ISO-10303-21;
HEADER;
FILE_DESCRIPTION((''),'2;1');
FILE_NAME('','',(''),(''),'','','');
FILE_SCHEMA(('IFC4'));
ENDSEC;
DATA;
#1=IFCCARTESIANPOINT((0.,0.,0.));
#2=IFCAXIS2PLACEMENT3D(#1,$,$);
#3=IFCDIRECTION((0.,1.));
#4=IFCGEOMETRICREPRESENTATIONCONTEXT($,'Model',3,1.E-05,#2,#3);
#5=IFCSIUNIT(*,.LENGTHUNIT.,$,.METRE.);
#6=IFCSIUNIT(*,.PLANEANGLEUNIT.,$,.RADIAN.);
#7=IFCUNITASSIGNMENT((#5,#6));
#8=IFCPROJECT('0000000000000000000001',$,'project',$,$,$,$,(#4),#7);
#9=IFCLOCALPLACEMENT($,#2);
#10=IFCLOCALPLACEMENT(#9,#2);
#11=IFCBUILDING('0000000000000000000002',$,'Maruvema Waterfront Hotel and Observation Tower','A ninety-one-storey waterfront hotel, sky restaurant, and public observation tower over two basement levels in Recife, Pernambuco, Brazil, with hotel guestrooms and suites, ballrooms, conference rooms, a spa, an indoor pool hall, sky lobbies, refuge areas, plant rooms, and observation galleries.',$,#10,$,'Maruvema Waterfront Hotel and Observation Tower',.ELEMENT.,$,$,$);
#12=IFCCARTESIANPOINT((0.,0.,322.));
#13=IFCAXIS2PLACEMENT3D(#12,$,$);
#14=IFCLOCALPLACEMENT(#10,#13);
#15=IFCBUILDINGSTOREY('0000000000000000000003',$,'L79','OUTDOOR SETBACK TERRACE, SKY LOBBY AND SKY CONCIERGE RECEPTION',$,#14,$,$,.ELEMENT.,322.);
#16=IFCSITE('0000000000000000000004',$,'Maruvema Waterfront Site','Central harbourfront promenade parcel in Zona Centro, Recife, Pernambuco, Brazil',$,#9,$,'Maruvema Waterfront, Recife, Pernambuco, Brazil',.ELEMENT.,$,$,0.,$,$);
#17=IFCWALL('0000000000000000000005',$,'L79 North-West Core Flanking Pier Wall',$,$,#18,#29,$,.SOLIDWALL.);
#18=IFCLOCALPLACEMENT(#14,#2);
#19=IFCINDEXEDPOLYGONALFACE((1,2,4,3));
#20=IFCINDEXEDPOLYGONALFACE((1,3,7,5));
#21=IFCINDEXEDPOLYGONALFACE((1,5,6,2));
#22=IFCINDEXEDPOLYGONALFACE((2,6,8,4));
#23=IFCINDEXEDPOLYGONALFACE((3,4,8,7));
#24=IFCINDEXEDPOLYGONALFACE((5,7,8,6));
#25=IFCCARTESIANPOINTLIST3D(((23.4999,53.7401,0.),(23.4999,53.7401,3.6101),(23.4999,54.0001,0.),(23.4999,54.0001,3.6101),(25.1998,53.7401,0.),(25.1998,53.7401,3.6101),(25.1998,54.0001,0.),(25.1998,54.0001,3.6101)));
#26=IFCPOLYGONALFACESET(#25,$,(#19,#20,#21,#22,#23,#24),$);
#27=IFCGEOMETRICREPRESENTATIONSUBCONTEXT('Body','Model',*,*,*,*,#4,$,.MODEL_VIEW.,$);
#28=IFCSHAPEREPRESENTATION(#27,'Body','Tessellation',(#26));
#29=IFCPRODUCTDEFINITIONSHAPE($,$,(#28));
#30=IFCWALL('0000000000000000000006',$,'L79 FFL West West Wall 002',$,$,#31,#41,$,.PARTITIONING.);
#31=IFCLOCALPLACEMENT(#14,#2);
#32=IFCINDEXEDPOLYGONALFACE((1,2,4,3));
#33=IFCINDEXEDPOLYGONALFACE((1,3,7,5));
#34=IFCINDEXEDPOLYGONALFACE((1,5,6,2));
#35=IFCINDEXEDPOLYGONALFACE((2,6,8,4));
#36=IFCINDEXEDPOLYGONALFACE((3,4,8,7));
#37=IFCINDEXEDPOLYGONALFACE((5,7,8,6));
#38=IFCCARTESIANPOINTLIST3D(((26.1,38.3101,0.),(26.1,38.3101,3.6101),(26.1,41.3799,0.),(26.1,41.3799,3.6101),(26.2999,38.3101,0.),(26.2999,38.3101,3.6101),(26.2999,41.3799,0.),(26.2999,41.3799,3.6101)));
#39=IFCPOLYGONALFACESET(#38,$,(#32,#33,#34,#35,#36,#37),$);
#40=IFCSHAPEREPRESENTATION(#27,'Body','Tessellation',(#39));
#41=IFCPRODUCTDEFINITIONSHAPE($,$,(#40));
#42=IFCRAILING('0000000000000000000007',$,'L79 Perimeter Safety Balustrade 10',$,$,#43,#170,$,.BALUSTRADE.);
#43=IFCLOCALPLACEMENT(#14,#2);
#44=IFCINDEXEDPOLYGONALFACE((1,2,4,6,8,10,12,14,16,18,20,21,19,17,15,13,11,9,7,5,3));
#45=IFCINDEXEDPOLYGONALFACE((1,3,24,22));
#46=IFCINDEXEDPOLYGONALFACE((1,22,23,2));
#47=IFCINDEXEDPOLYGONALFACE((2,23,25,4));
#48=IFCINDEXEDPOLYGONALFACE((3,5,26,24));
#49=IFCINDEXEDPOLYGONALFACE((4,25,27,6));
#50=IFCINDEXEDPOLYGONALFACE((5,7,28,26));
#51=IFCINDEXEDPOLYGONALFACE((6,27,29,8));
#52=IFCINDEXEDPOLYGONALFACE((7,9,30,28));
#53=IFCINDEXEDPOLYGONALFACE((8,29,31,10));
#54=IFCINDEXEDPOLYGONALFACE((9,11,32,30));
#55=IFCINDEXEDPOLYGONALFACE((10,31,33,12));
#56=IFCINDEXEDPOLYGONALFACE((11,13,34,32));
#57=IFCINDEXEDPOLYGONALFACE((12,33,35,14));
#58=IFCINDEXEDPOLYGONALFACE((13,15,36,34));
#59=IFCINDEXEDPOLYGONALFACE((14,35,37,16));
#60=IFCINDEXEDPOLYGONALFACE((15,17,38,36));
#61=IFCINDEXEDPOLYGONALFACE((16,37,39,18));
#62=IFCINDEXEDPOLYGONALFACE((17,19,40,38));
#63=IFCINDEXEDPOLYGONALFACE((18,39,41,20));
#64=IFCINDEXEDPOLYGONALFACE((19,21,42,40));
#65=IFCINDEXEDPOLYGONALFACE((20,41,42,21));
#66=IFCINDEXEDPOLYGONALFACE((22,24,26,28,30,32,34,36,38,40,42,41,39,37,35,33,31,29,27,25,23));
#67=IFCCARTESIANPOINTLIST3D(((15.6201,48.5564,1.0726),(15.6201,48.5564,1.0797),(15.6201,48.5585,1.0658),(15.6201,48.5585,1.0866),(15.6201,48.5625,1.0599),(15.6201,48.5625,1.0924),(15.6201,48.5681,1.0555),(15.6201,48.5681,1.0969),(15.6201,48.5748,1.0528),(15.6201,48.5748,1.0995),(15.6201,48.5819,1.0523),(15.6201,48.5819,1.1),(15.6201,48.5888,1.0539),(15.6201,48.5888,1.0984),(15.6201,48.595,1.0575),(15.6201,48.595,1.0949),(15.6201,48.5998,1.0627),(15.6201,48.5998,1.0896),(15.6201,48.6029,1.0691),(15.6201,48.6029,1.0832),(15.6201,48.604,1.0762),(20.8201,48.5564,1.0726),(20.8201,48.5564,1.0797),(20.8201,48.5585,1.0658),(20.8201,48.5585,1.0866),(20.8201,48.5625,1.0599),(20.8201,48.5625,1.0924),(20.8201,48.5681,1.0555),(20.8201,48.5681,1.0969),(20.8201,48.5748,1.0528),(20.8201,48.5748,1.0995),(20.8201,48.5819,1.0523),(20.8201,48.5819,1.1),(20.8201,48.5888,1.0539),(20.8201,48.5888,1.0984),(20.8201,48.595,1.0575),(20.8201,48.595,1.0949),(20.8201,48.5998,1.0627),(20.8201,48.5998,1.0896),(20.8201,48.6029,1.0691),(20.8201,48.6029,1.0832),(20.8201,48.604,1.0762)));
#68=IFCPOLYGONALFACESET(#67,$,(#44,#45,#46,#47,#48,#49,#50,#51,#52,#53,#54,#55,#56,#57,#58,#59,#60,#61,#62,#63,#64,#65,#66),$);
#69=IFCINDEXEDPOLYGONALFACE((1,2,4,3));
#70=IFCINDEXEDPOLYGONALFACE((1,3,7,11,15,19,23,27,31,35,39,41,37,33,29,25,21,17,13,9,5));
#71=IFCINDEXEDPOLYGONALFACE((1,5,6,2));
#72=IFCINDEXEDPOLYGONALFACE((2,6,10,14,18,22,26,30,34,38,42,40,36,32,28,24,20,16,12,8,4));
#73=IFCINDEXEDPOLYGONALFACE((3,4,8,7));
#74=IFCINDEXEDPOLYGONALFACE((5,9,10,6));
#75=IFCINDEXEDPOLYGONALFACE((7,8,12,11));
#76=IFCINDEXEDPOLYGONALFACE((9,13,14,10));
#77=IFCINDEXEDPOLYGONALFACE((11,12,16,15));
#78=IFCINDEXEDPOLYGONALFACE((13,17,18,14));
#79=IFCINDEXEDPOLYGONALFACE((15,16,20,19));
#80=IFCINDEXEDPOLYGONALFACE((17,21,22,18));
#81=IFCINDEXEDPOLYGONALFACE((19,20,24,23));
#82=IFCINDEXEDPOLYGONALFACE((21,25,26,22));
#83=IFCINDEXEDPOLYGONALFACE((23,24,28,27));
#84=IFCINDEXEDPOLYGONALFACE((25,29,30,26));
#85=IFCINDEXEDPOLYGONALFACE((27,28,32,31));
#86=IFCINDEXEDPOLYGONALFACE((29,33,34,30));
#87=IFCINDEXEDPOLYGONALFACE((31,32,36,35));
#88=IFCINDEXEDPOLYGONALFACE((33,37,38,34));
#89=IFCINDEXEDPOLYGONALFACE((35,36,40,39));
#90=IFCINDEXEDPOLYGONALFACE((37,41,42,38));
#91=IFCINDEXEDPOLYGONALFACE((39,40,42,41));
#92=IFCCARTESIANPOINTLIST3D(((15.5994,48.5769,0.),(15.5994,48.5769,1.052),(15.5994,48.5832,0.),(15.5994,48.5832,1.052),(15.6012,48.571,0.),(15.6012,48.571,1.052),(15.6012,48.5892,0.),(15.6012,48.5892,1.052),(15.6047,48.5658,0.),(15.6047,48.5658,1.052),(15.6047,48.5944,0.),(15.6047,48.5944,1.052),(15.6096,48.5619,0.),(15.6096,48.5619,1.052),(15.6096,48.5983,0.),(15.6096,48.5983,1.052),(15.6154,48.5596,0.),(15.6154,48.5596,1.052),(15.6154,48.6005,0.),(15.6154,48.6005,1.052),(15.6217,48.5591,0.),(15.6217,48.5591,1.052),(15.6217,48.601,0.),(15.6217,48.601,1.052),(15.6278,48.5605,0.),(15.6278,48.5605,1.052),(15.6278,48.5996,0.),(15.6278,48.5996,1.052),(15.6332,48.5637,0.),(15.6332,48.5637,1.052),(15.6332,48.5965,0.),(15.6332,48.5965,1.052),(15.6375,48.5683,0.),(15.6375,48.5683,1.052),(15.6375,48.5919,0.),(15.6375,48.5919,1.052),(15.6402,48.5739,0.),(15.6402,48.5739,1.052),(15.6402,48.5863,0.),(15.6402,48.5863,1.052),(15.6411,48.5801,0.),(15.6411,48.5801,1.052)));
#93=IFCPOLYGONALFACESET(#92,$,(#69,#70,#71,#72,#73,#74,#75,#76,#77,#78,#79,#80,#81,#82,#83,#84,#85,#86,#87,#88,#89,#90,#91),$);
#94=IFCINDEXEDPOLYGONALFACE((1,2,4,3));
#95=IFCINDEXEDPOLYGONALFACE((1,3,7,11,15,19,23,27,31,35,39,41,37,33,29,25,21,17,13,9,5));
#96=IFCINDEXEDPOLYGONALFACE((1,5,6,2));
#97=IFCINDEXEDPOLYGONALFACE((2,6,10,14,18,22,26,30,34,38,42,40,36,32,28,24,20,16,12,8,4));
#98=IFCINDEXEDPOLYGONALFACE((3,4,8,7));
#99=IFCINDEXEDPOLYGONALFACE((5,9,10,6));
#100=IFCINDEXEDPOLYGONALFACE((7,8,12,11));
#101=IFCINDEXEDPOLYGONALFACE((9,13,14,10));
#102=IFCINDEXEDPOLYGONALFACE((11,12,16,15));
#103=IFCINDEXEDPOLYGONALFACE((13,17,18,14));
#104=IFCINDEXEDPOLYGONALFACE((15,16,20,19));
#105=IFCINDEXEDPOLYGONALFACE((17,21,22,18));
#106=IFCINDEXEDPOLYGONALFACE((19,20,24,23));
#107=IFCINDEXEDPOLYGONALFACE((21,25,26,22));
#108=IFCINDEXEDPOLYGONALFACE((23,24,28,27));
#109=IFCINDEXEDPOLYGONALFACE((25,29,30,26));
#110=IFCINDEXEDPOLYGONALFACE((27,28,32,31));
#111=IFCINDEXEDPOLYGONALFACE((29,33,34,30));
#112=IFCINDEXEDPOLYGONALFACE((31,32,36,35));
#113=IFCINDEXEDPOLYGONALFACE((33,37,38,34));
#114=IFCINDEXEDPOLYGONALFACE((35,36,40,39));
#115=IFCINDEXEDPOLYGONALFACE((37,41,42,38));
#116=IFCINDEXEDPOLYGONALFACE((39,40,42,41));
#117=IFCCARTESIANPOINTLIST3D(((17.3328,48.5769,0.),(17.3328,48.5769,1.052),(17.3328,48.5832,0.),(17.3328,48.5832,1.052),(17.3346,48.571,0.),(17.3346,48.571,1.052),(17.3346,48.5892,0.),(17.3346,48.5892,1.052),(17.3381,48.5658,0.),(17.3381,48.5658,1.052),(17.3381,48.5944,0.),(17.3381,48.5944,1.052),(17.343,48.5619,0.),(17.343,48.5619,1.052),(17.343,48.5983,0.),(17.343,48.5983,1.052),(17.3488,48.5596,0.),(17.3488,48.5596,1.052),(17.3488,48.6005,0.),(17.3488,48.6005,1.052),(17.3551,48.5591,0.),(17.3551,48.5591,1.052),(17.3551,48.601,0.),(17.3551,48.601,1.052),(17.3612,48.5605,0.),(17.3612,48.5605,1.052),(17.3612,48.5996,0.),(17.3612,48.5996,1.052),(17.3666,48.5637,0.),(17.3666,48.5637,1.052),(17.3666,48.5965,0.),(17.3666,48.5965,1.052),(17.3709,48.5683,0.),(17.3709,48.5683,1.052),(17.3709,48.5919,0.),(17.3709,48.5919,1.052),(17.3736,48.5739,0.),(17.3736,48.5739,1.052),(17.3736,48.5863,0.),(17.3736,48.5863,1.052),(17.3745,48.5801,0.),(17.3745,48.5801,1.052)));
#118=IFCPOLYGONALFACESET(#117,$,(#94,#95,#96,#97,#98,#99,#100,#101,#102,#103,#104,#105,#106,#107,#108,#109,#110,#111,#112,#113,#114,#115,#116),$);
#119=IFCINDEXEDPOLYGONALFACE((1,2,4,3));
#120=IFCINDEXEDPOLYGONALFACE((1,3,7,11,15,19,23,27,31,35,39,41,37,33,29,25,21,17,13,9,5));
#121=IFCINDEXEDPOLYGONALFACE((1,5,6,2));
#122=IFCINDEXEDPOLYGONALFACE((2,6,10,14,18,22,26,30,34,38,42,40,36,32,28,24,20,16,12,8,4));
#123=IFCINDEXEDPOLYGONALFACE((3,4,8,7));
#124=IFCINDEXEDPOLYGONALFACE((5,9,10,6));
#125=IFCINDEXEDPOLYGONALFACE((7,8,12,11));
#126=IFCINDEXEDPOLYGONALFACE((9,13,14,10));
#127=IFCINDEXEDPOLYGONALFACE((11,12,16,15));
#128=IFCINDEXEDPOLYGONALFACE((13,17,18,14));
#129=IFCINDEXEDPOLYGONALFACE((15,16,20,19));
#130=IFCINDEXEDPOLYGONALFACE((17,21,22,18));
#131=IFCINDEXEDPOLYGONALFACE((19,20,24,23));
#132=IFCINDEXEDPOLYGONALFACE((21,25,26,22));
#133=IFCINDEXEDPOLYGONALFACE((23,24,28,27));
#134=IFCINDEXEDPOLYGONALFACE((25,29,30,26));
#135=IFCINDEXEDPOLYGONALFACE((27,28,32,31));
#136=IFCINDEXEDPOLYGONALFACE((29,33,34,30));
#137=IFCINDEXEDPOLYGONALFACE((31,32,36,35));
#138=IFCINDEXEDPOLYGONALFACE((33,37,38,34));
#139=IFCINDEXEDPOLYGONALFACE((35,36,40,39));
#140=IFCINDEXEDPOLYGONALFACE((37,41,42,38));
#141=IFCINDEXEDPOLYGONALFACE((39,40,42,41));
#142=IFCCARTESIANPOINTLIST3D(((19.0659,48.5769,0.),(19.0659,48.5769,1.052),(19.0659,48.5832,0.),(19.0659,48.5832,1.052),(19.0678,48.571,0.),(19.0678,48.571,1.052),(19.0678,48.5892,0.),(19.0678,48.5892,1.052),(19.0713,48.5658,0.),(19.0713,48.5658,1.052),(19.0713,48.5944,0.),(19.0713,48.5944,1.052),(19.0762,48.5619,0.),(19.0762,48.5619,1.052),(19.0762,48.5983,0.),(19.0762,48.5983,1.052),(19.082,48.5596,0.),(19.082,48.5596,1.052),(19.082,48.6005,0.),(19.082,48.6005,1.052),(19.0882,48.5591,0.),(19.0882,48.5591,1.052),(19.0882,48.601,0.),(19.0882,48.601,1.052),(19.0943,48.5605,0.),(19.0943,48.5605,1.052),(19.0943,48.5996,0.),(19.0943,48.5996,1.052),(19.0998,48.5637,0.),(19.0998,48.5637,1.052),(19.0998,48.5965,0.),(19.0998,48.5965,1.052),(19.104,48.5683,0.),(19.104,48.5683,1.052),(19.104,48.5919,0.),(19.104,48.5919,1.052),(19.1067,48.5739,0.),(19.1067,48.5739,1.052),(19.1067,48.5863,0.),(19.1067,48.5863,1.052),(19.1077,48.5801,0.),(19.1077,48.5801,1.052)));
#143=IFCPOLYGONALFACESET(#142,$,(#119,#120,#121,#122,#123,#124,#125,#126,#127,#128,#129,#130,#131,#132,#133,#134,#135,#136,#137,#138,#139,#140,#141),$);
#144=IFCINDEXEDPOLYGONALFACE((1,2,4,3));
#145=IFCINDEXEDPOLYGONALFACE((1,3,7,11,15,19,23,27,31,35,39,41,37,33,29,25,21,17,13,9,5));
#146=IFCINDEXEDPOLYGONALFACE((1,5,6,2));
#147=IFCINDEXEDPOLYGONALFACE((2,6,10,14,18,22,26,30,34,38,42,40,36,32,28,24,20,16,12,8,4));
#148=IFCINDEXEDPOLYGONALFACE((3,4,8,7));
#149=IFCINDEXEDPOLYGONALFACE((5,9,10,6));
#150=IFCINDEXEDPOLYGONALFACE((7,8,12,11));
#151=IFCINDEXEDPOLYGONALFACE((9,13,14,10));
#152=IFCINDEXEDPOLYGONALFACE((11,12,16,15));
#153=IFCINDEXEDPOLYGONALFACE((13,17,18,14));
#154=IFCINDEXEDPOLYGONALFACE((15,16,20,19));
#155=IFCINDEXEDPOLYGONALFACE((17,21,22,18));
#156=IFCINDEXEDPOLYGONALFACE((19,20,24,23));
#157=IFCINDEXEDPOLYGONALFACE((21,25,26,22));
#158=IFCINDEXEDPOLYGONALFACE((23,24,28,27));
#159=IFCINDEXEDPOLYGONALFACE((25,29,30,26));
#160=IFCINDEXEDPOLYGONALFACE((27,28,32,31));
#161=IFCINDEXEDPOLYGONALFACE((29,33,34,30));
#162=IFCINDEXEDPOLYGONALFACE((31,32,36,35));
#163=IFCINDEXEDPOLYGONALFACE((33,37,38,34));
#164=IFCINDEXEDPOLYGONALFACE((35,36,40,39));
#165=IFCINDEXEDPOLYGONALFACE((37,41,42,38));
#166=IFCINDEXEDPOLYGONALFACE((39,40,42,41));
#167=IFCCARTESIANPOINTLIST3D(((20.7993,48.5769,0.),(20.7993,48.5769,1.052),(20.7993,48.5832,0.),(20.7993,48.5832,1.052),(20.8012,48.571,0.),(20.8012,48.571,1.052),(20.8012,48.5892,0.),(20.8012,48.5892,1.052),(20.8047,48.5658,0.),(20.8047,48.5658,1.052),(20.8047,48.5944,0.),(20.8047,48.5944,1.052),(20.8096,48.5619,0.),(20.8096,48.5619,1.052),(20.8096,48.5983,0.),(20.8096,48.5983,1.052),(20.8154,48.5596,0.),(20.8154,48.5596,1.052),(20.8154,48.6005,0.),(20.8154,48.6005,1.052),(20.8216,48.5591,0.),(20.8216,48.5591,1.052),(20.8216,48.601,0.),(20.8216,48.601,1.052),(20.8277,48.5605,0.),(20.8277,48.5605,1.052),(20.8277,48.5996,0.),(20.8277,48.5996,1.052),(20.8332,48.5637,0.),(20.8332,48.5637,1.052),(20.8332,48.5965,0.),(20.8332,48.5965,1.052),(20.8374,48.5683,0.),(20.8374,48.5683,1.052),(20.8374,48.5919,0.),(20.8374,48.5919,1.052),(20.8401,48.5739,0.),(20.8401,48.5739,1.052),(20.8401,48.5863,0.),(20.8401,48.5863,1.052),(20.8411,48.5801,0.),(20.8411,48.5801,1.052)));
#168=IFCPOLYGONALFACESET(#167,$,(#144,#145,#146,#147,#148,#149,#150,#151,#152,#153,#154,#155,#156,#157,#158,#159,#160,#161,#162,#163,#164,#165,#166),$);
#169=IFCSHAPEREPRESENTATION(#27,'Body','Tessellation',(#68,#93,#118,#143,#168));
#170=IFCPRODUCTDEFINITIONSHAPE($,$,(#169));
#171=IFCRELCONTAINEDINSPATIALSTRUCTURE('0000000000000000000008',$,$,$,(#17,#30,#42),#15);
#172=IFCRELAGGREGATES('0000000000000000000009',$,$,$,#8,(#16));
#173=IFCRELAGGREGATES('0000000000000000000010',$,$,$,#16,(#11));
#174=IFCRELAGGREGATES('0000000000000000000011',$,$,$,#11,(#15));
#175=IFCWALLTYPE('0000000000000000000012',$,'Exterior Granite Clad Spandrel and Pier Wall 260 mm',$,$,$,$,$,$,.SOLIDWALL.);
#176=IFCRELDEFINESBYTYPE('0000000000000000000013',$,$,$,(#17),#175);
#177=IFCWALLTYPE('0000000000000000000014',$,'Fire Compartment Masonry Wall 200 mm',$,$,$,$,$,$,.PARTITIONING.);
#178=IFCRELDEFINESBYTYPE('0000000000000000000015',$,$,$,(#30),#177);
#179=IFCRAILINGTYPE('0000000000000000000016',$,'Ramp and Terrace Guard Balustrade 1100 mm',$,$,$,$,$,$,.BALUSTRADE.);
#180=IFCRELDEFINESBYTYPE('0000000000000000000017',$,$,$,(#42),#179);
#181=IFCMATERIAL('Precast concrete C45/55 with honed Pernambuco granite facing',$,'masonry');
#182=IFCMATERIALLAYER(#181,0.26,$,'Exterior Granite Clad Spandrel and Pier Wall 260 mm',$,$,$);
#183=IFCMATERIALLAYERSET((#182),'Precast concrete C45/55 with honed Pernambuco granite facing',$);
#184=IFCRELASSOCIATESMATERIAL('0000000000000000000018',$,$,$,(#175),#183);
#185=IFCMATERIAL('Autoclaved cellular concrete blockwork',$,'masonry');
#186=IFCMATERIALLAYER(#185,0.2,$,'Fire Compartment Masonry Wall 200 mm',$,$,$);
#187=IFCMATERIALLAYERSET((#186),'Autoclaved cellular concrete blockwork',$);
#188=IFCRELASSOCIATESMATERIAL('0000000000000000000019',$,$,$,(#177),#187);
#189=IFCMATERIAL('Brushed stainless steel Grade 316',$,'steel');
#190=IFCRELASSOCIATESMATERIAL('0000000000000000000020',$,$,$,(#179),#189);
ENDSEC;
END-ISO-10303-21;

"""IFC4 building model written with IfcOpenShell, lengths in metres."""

from ifc_helpers import new_model, si_unit, direction, frame, frame_2d, origin, origin_2d, place, context, subcontext, project, spatial, rectangle, circle, extrude, material, layer, layer_set, type_object, element, save


model = new_model("IFC4")

# Units and contexts
model_context = context("Model", 3, precision=1e-05, world=origin(), true_north=direction((0.0, 1.0)))
body_context = subcontext(model_context, "Body", "Model", "MODEL_VIEW")
ifc_project = project(units=[si_unit("LENGTHUNIT", "METRE"), si_unit("PLANEANGLEUNIT", "RADIAN")], contexts=[model_context])

# Site, building, storey
site_placement = place(None, origin())
site = spatial("IfcSite", under=ifc_project, at=site_placement, Name="Maruvema Waterfront Site", Description="Central harbourfront promenade parcel in Zona Centro, Recife, Pernambuco, Brazil", LongName="Maruvema Waterfront, Recife, Pernambuco, Brazil", CompositionType="ELEMENT", RefElevation=0.0)
building_placement = place(site_placement, origin())
building = spatial("IfcBuilding", under=site, at=building_placement, Name="Maruvema Waterfront Hotel and Observation Tower", Description="A ninety-one-storey waterfront hotel, sky restaurant, and public observation tower over two basement levels in Recife, Pernambuco, Brazil, with hotel guestrooms and suites, ballrooms, conference rooms, a spa, an indoor pool hall, sky lobbies, refuge areas, plant rooms, and observation galleries.", LongName="Maruvema Waterfront Hotel and Observation Tower", CompositionType="ELEMENT")
storey_placement = place(building_placement, frame((0.0, 0.0, 322.0)))
storey = spatial("IfcBuildingStorey", under=building, at=storey_placement, Name="L79", Description="OUTDOOR SETBACK TERRACE, SKY LOBBY AND SKY CONCIERGE RECEPTION", CompositionType="ELEMENT", Elevation=322.0)

# Wall
ifc_material_1 = material(Name="Precast concrete C45/55 with honed Pernambuco granite facing", Category="masonry")
ifc_layer_1 = layer(ifc_material_1, 0.26, Name="Exterior Granite Clad Spandrel and Pier Wall 260 mm")
ifc_layer_set_1 = layer_set([ifc_layer_1], Name="Precast concrete C45/55 with honed Pernambuco granite facing")
wall_type_1 = type_object("IfcWallType", Name="Exterior Granite Clad Spandrel and Pier Wall 260 mm", PredefinedType="SOLIDWALL", material=ifc_layer_set_1)
wall_1_placement = place(storey_placement, frame((25.2, 53.8701, 0.0), z_axis=(0.0, 0.0, 1.0), x_axis=(-1.0, 0.0, 0.0)))
element("IfcWall", 1, at=wall_1_placement, inside=storey, type_object=wall_type_1, Name="L79 North-West Core Flanking Pier Wall", PredefinedType="SOLIDWALL", context=body_context, shape_type="SweptSolid", body=[
    extrude(rectangle(XDim=1.7, YDim=0.26, at=frame_2d((0.8501, 0.0))), origin(), (0.0, 0.0, 1.0), 3.6101),
])

# Shared definitions
ifc_material_2 = material(Name="Autoclaved cellular concrete blockwork", Category="masonry")
ifc_layer_2 = layer(ifc_material_2, 0.2, Name="Fire Compartment Masonry Wall 200 mm")
ifc_layer_set_2 = layer_set([ifc_layer_2], Name="Autoclaved cellular concrete blockwork")
wall_type_2 = type_object("IfcWallType", Name="Fire Compartment Masonry Wall 200 mm", PredefinedType="PARTITIONING", material=ifc_layer_set_2)

# Wall
wall_2_placement = place(storey_placement, frame((26.2, 38.3101, 0.0), z_axis=(0.0, 0.0, 1.0), x_axis=(0.0, 1.0, 0.0)))
element("IfcWall", 2, at=wall_2_placement, inside=storey, type_object=wall_type_2, Name="L79 FFL West West Wall 002", PredefinedType="PARTITIONING", context=body_context, shape_type="SweptSolid", body=[
    extrude(rectangle(XDim=3.0698, YDim=0.2, at=frame_2d((1.5349, 0.0))), origin(), (0.0, 0.0, 1.0), 3.6101),
])

# Railing
ifc_material_3 = material(Name="Brushed stainless steel Grade 316", Category="steel")
railing_type = type_object("IfcRailingType", Name="Ramp and Terrace Guard Balustrade 1100 mm", PredefinedType="BALUSTRADE", material=ifc_material_3)
railing_1_placement = place(storey_placement, frame((15.6201, 48.5801, 0.0)))
element("IfcRailing", 3, at=railing_1_placement, inside=storey, type_object=railing_type, Name="L79 Perimeter Safety Balustrade 10", PredefinedType="BALUSTRADE", context=body_context, shape_type="SweptSolid", body=[
    extrude(circle(Radius=0.0239, at=origin_2d()), frame((0.0, 0.0, 1.0762), z_axis=(1.0, 0.0, 0.0), x_axis=(0.0, 1.0, 0.0)), (0.0, 0.0, 1.0), 5.2),
    extrude(circle(Radius=0.021, at=origin_2d()), origin(), (0.0, 0.0, 1.0), 1.052),
    extrude(circle(Radius=0.021, at=origin_2d()), frame((1.7334, 0.0, 0.0)), (0.0, 0.0, 1.0), 1.052),
    extrude(circle(Radius=0.021, at=origin_2d()), frame((3.4666, 0.0, 0.0)), (0.0, 0.0, 1.0), 1.052),
    extrude(circle(Radius=0.021, at=origin_2d()), frame((5.2, 0.0, 0.0)), (0.0, 0.0, 1.0), 1.052),
])

save(model, "model.ifc")
